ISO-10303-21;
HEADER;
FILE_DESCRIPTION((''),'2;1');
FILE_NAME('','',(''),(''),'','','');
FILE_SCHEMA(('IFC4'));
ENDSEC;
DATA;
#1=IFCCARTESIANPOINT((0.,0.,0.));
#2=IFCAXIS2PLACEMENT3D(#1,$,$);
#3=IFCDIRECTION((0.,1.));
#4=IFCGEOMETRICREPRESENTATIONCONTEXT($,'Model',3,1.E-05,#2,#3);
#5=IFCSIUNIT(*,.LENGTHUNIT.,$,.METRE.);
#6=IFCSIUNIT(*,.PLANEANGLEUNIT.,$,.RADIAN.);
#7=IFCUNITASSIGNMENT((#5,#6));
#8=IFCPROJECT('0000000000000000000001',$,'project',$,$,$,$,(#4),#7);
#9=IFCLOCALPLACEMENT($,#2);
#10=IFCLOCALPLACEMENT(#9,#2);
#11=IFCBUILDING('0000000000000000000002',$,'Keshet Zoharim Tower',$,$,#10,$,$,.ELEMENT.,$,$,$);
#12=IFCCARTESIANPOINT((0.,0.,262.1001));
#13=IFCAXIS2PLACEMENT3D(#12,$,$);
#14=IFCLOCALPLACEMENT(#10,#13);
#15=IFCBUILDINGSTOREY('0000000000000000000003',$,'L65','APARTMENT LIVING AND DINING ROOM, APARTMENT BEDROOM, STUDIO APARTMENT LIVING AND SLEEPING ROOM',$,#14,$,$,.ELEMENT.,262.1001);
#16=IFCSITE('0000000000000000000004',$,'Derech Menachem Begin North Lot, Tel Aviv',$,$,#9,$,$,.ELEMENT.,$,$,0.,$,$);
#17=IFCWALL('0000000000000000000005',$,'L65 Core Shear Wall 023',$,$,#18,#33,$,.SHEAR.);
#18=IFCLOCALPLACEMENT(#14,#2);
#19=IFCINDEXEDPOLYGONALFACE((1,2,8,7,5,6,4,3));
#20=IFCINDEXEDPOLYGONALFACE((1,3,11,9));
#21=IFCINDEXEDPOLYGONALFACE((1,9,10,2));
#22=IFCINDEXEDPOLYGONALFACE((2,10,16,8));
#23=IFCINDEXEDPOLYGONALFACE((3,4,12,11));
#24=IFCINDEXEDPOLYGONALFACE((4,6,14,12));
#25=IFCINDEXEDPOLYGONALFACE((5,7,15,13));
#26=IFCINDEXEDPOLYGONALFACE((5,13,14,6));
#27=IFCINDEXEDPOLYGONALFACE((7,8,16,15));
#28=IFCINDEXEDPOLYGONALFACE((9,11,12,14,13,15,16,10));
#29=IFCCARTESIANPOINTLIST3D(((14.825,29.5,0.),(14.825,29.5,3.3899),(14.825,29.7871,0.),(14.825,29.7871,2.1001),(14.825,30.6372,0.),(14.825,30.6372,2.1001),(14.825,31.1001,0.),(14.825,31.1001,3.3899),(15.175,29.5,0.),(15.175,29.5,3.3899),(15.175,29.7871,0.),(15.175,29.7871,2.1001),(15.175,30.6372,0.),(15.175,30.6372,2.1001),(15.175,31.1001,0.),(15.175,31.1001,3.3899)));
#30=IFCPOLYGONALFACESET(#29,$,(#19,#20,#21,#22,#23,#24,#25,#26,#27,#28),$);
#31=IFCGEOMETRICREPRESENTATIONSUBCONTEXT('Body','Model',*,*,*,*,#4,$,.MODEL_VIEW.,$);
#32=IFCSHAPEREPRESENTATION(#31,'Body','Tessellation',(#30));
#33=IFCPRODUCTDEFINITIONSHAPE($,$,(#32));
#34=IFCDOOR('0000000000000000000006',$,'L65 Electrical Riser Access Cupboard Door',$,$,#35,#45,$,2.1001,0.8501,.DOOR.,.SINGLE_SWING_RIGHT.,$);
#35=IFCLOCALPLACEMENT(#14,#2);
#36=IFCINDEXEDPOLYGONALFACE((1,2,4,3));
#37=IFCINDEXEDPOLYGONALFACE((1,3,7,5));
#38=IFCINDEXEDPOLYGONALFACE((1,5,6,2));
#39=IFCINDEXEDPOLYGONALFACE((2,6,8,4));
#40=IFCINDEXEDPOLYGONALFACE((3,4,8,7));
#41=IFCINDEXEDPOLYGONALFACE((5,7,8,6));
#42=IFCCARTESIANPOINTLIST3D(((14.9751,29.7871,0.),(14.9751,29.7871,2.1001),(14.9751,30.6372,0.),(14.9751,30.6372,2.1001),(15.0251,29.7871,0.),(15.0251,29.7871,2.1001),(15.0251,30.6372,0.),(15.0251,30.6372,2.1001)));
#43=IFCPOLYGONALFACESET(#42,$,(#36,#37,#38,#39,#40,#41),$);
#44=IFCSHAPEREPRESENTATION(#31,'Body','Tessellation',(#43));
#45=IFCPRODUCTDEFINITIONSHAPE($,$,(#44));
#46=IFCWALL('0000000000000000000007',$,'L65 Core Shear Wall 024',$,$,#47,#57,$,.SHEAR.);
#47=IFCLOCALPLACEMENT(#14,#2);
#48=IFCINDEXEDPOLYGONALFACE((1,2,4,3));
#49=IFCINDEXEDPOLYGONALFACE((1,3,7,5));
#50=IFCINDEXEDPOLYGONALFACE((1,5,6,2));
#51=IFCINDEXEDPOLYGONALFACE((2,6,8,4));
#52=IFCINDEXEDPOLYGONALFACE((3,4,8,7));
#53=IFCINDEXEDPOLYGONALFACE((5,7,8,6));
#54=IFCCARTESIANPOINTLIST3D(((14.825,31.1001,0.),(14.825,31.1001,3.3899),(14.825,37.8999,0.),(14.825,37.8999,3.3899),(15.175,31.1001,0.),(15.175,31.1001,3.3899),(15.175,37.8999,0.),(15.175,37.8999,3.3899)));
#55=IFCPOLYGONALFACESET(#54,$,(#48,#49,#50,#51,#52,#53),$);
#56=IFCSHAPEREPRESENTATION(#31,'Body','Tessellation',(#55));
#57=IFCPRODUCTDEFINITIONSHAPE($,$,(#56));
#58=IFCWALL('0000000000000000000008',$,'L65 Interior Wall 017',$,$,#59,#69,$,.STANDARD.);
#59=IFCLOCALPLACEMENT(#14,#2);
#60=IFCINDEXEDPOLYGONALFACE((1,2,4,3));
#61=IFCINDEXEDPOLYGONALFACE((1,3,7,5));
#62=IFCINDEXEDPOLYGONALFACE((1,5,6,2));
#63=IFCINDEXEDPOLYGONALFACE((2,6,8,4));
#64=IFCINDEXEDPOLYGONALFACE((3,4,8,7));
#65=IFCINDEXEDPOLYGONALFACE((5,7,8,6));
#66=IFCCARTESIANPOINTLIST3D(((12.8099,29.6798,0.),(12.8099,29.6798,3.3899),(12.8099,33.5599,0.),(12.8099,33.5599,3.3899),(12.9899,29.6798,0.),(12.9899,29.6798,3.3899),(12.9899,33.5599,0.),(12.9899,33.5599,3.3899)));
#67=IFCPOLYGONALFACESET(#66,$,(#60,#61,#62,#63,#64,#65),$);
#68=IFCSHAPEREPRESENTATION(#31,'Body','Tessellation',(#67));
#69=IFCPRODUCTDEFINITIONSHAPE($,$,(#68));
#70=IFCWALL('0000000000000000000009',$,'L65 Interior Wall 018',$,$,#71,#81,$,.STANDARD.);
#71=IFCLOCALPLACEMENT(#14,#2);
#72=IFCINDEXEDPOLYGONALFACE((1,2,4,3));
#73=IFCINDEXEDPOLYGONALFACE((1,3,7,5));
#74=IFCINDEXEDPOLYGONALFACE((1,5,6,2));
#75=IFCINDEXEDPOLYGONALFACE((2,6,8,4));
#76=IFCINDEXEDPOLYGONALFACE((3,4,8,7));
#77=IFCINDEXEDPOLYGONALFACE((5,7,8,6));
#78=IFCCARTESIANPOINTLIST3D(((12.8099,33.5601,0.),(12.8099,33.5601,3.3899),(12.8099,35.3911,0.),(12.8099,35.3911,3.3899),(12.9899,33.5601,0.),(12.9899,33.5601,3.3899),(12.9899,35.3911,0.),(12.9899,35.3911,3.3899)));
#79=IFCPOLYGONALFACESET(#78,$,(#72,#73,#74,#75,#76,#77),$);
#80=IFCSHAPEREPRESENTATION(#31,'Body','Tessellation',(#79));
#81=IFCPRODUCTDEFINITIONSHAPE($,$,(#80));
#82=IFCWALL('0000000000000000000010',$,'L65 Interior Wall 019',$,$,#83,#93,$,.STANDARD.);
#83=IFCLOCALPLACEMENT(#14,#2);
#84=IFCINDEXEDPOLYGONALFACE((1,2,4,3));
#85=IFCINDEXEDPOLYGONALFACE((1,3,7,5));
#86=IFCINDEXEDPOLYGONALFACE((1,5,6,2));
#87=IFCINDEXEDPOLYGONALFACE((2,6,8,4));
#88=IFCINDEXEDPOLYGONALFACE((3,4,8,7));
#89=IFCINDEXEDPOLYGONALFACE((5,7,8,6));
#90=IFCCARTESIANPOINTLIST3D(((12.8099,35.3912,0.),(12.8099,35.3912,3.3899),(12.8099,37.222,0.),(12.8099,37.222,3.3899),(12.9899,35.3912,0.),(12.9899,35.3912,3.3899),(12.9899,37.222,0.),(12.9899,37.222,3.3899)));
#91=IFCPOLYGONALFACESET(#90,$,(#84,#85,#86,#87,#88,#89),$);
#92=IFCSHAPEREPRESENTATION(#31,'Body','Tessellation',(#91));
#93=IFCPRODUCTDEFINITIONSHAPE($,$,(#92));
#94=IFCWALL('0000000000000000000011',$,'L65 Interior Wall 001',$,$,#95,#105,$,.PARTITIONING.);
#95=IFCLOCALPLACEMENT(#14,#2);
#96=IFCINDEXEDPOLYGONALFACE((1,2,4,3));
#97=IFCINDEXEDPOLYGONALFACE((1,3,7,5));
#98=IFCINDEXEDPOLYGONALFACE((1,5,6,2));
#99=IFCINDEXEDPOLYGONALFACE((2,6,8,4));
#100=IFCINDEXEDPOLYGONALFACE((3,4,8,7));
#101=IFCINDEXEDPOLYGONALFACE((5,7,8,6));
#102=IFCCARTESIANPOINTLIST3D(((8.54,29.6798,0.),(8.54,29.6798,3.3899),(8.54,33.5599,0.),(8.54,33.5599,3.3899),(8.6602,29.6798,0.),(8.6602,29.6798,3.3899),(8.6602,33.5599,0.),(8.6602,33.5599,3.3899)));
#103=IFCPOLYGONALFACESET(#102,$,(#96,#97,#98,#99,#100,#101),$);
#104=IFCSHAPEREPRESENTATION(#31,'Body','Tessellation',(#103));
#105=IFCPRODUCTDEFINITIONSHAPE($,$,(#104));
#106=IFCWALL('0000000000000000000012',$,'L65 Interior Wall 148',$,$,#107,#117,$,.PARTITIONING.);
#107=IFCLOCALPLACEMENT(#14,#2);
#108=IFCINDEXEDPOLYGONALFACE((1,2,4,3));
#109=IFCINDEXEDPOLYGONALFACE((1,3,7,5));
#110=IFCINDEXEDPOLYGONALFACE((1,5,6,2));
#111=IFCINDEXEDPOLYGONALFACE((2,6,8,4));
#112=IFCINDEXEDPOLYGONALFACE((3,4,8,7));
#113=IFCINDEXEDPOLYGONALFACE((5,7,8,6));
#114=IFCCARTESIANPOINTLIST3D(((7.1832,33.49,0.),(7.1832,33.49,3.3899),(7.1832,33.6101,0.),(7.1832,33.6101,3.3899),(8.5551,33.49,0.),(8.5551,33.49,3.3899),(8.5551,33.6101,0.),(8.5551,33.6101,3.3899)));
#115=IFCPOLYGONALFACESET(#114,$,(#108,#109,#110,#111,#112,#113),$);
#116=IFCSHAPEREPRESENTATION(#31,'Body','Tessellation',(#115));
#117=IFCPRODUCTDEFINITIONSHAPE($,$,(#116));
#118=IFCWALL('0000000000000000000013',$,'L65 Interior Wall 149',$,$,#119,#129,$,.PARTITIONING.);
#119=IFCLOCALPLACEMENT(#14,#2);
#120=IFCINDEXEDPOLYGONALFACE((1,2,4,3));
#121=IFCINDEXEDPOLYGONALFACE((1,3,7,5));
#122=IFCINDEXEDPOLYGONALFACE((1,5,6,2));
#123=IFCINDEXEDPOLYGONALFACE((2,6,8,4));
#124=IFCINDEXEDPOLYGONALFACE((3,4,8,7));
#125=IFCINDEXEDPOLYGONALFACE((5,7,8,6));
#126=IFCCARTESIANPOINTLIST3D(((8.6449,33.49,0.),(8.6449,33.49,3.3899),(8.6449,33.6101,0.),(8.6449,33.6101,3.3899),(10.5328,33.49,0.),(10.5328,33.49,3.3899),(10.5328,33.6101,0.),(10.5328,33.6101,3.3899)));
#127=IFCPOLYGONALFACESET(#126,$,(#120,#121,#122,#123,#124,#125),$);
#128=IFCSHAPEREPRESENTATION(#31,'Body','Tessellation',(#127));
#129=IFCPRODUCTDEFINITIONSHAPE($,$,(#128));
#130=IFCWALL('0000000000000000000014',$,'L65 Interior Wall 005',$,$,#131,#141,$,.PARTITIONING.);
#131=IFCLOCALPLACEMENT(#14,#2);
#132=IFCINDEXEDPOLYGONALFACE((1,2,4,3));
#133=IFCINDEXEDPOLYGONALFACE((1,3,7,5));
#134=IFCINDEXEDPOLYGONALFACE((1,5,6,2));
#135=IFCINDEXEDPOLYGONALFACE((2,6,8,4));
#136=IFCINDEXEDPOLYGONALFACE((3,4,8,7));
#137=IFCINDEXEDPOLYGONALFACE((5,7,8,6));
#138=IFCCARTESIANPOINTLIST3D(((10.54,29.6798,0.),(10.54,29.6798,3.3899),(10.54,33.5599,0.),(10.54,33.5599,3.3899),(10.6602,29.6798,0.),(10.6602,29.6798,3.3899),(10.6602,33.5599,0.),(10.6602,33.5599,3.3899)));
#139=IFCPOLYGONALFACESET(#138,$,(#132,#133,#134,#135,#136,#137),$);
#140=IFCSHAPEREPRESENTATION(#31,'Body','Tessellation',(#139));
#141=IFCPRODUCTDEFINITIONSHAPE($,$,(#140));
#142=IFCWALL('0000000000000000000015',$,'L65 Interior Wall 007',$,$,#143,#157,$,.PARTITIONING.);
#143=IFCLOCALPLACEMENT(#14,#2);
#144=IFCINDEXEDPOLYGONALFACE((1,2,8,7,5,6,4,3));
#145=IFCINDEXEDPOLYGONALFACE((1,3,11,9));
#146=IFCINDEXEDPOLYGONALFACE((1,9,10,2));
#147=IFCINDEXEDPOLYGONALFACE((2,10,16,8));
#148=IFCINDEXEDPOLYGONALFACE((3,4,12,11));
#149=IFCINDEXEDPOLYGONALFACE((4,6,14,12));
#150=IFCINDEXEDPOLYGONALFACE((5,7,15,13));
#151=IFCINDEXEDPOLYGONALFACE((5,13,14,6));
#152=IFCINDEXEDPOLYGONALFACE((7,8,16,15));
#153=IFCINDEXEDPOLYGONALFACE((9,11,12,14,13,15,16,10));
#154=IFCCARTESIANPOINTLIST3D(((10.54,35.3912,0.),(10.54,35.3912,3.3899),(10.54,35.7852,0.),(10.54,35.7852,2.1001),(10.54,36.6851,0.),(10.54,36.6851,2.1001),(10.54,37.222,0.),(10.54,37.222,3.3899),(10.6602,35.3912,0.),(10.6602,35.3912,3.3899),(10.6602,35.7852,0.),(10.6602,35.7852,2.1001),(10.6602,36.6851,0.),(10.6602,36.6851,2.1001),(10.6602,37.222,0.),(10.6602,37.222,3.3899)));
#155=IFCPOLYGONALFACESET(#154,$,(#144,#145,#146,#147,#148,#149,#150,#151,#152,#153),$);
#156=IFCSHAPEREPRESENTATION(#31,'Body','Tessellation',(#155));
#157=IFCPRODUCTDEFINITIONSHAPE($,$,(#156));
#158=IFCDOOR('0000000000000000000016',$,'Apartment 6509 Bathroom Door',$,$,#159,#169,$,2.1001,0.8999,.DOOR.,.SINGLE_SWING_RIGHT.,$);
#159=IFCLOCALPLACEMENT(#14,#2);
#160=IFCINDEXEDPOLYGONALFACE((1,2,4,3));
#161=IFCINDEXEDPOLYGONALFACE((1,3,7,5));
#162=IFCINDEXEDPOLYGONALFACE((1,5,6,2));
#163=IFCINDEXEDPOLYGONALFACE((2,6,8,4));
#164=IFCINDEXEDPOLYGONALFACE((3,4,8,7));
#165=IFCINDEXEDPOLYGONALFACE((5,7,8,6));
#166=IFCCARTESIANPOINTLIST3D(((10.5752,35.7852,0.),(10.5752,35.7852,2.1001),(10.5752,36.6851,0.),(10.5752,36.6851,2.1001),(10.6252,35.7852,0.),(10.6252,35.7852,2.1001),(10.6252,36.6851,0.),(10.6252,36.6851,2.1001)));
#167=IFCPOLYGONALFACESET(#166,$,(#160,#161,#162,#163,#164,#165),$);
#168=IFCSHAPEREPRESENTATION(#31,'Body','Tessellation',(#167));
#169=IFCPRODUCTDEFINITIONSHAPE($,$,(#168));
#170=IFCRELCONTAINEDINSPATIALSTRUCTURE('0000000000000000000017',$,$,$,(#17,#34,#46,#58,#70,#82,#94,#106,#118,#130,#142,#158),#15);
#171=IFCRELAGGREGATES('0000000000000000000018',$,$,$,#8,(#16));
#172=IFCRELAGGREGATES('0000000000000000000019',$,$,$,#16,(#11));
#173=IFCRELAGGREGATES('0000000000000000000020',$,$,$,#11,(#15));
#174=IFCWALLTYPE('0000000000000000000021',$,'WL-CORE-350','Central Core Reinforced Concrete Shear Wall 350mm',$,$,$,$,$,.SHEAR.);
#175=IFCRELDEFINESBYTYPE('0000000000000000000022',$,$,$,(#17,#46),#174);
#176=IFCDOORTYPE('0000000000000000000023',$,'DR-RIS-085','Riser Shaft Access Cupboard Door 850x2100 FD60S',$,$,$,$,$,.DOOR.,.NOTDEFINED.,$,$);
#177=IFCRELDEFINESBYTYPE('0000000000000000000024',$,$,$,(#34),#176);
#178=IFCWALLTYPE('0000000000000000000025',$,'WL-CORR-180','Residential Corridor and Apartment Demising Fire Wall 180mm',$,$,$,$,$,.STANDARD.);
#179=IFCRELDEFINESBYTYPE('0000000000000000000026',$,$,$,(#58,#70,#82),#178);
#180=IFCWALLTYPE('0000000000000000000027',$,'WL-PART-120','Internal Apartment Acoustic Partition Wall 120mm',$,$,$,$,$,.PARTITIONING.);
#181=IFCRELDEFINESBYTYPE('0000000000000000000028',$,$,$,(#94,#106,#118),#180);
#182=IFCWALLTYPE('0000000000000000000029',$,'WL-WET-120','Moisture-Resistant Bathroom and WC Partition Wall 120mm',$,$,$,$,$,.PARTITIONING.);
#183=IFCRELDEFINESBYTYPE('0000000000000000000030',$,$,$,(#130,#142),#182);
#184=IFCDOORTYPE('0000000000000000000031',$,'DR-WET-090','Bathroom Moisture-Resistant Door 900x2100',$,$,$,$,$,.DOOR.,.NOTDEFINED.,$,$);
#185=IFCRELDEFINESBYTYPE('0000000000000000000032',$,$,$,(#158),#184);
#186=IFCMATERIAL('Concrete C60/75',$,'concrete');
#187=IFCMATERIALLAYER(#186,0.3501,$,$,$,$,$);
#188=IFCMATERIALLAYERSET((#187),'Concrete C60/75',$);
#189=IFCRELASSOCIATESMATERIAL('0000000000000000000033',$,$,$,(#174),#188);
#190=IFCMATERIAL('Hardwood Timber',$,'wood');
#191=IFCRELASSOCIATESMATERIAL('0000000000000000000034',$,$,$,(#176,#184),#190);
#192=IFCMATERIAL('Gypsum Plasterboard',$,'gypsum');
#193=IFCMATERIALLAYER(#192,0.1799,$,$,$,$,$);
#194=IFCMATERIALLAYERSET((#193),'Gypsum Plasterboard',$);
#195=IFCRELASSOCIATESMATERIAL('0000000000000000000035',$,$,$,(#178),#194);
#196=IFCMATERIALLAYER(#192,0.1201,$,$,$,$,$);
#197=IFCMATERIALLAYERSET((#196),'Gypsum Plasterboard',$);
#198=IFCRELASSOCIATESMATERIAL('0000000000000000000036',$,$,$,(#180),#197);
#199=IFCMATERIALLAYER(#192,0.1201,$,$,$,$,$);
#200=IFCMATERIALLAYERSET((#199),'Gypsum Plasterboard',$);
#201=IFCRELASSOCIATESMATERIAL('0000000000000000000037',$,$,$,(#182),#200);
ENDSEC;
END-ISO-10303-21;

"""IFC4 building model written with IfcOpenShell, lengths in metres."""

from ifc_helpers import new_model, si_unit, direction, frame, frame_2d, origin, place, context, subcontext, project, spatial, rectangle, extrude, material, layer, layer_set, type_object, element, fill, save


model = new_model("IFC4")

# Units and contexts
model_context = context("Model", 3, precision=1e-05, world=origin(), true_north=direction((0.0, 1.0)))
body_context = subcontext(model_context, "Body", "Model", "MODEL_VIEW")
ifc_project = project(units=[si_unit("LENGTHUNIT", "METRE"), si_unit("PLANEANGLEUNIT", "RADIAN")], contexts=[model_context])

# Site, building, storey
site_placement = place(None, origin())
site = spatial("IfcSite", under=ifc_project, at=site_placement, Name="Derech Menachem Begin North Lot, Tel Aviv", CompositionType="ELEMENT", RefElevation=0.0)
building_placement = place(site_placement, origin())
building = spatial("IfcBuilding", under=site, at=building_placement, Name="Keshet Zoharim Tower", CompositionType="ELEMENT")
storey_placement = place(building_placement, frame((0.0, 0.0, 262.1001)))
storey = spatial("IfcBuildingStorey", under=building, at=storey_placement, Name="L65", Description="APARTMENT LIVING AND DINING ROOM, APARTMENT BEDROOM, STUDIO APARTMENT LIVING AND SLEEPING ROOM", CompositionType="ELEMENT", Elevation=262.1001)

# Wall, opening, door
ifc_material_1 = material(Name="Concrete C60/75", Category="concrete")
ifc_layer_1 = layer(ifc_material_1, 0.3501)
ifc_layer_set_1 = layer_set([ifc_layer_1], Name="Concrete C60/75")
wall_type_1 = type_object("IfcWallType", Name="WL-CORE-350", Description="Central Core Reinforced Concrete Shear Wall 350mm", PredefinedType="SHEAR", material=ifc_layer_set_1)
wall_1_placement = place(storey_placement, frame((15.0, 29.5, 0.0), z_axis=(0.0, 0.0, 1.0), x_axis=(0.0, 1.0, 0.0)))
wall_1 = element("IfcWall", 1, at=wall_1_placement, inside=storey, type_object=wall_type_1, Name="L65 Core Shear Wall 023", PredefinedType="SHEAR", context=body_context, shape_type="SweptSolid", body=[
    extrude(rectangle(XDim=1.6001, YDim=0.3501, at=frame_2d((0.8, 0.0))), origin(), (0.0, 0.0, 1.0), 3.3899),
])
opening_1_placement = place(wall_1_placement, frame((0.2871, 0.0, 0.0)))
opening_1 = element("IfcOpeningElement", 2, at=opening_1_placement, cuts=wall_1, PredefinedType="OPENING", context=body_context, shape_type="SweptSolid", body=[
    extrude(rectangle(XDim=0.8501, YDim=2.1001, at=frame_2d((0.425, 1.05))), frame((0.0, 0.1851, 0.0), z_axis=(0.0, -1.0, 0.0), x_axis=(1.0, 0.0, 0.0)), (0.0, 0.0, 1.0), 0.3701),
])
ifc_material_2 = material(Name="Hardwood Timber", Category="wood")
door_type_1 = type_object("IfcDoorType", Name="DR-RIS-085", Description="Riser Shaft Access Cupboard Door 850x2100 FD60S", OperationType="NOTDEFINED", PredefinedType="DOOR", material=ifc_material_2)
door_1_placement = place(opening_1_placement, origin())
door_1 = element("IfcDoor", 3, at=door_1_placement, inside=storey, type_object=door_type_1, Name="L65 Electrical Riser Access Cupboard Door", OperationType="SINGLE_SWING_RIGHT", OverallHeight=2.1001, OverallWidth=0.8501, PredefinedType="DOOR", context=body_context, shape_type="SweptSolid", body=[
    extrude(rectangle(XDim=0.8501, YDim=2.1001, at=frame_2d((0.425, 1.05))), frame((0.0, 0.0249, 0.0), z_axis=(0.0, -1.0, 0.0), x_axis=(1.0, 0.0, 0.0)), (0.0, 0.0, 1.0), 0.05),
])
fill(opening_1, door_1)

# Walls
wall_2_placement = place(storey_placement, frame((15.0, 31.1001, 0.0), z_axis=(0.0, 0.0, 1.0), x_axis=(0.0, 1.0, 0.0)))
element("IfcWall", 4, at=wall_2_placement, inside=storey, type_object=wall_type_1, Name="L65 Core Shear Wall 024", PredefinedType="SHEAR", context=body_context, shape_type="SweptSolid", body=[
    extrude(rectangle(XDim=6.7998, YDim=0.3501, at=frame_2d((3.3999, 0.0))), origin(), (0.0, 0.0, 1.0), 3.3899),
])
ifc_material_3 = material(Name="Gypsum Plasterboard", Category="gypsum")
ifc_layer_2 = layer(ifc_material_3, 0.1799)
ifc_layer_set_2 = layer_set([ifc_layer_2], Name="Gypsum Plasterboard")
wall_type_2 = type_object("IfcWallType", Name="WL-CORR-180", Description="Residential Corridor and Apartment Demising Fire Wall 180mm", PredefinedType="STANDARD", material=ifc_layer_set_2)
wall_3_placement = place(storey_placement, frame((12.8999, 29.6799, 0.0), z_axis=(0.0, 0.0, 1.0), x_axis=(0.0, 1.0, 0.0)))
element("IfcWall", 5, at=wall_3_placement, inside=storey, type_object=wall_type_2, Name="L65 Interior Wall 017", PredefinedType="STANDARD", context=body_context, shape_type="SweptSolid", body=[
    extrude(rectangle(XDim=3.8801, YDim=0.1799, at=frame_2d((1.9399, 0.0))), origin(), (0.0, 0.0, 1.0), 3.3899),
])
wall_4_placement = place(storey_placement, frame((12.8999, 33.5601, 0.0), z_axis=(0.0, 0.0, 1.0), x_axis=(0.0, 1.0, 0.0)))
element("IfcWall", 6, at=wall_4_placement, inside=storey, type_object=wall_type_2, Name="L65 Interior Wall 018", PredefinedType="STANDARD", context=body_context, shape_type="SweptSolid", body=[
    extrude(rectangle(XDim=1.8311, YDim=0.1799, at=frame_2d((0.9155, 0.0))), origin(), (0.0, 0.0, 1.0), 3.3899),
])
wall_5_placement = place(storey_placement, frame((12.8999, 35.3911, 0.0), z_axis=(0.0, 0.0, 1.0), x_axis=(0.0, 1.0, 0.0)))
element("IfcWall", 7, at=wall_5_placement, inside=storey, type_object=wall_type_2, Name="L65 Interior Wall 019", PredefinedType="STANDARD", context=body_context, shape_type="SweptSolid", body=[
    extrude(rectangle(XDim=1.8308, YDim=0.1799, at=frame_2d((0.9155, 0.0))), origin(), (0.0, 0.0, 1.0), 3.3899),
])

# Wall
ifc_layer_3 = layer(ifc_material_3, 0.1201)
ifc_layer_set_3 = layer_set([ifc_layer_3], Name="Gypsum Plasterboard")
wall_type_3 = type_object("IfcWallType", Name="WL-PART-120", Description="Internal Apartment Acoustic Partition Wall 120mm", PredefinedType="PARTITIONING", material=ifc_layer_set_3)
wall_6_placement = place(storey_placement, frame((8.6001, 29.6799, 0.0), z_axis=(0.0, 0.0, 1.0), x_axis=(0.0, 1.0, 0.0)))
element("IfcWall", 8, at=wall_6_placement, inside=storey, type_object=wall_type_3, Name="L65 Interior Wall 001", PredefinedType="PARTITIONING", context=body_context, shape_type="SweptSolid", body=[
    extrude(rectangle(XDim=3.8801, YDim=0.1201, at=frame_2d((1.9399, 0.0))), origin(), (0.0, 0.0, 1.0), 3.3899),
])

# Walls
wall_7_placement = place(storey_placement, frame((7.1831, 33.55, 0.0), z_axis=(0.0, 0.0, 1.0), x_axis=(1.0, 0.0, 0.0)))
element("IfcWall", 9, at=wall_7_placement, inside=storey, type_object=wall_type_3, Name="L65 Interior Wall 148", PredefinedType="PARTITIONING", context=body_context, shape_type="SweptSolid", body=[
    extrude(rectangle(XDim=1.3718, YDim=0.1201, at=frame_2d((0.686, 0.0))), origin(), (0.0, 0.0, 1.0), 3.3899),
])
wall_8_placement = place(storey_placement, frame((8.645, 33.55, 0.0), z_axis=(0.0, 0.0, 1.0), x_axis=(1.0, 0.0, 0.0)))
element("IfcWall", 10, at=wall_8_placement, inside=storey, type_object=wall_type_3, Name="L65 Interior Wall 149", PredefinedType="PARTITIONING", context=body_context, shape_type="SweptSolid", body=[
    extrude(rectangle(XDim=1.8879, YDim=0.1201, at=frame_2d((0.9438, 0.0))), origin(), (0.0, 0.0, 1.0), 3.3899),
])
ifc_layer_4 = layer(ifc_material_3, 0.1201)
ifc_layer_set_4 = layer_set([ifc_layer_4], Name="Gypsum Plasterboard")
wall_type_4 = type_object("IfcWallType", Name="WL-WET-120", Description="Moisture-Resistant Bathroom and WC Partition Wall 120mm", PredefinedType="PARTITIONING", material=ifc_layer_set_4)
wall_9_placement = place(storey_placement, frame((10.6001, 29.6799, 0.0), z_axis=(0.0, 0.0, 1.0), x_axis=(0.0, 1.0, 0.0)))
element("IfcWall", 11, at=wall_9_placement, inside=storey, type_object=wall_type_4, Name="L65 Interior Wall 005", PredefinedType="PARTITIONING", context=body_context, shape_type="SweptSolid", body=[
    extrude(rectangle(XDim=3.8801, YDim=0.1201, at=frame_2d((1.9399, 0.0))), origin(), (0.0, 0.0, 1.0), 3.3899),
])

# Wall, opening, door
wall_10_placement = place(storey_placement, frame((10.6001, 35.3911, 0.0), z_axis=(0.0, 0.0, 1.0), x_axis=(0.0, 1.0, 0.0)))
wall_10 = element("IfcWall", 12, at=wall_10_placement, inside=storey, type_object=wall_type_4, Name="L65 Interior Wall 007", PredefinedType="PARTITIONING", context=body_context, shape_type="SweptSolid", body=[
    extrude(rectangle(XDim=1.8308, YDim=0.1201, at=frame_2d((0.9155, 0.0))), origin(), (0.0, 0.0, 1.0), 3.3899),
])
opening_2_placement = place(wall_10_placement, frame((0.394, 0.0, 0.0)))
opening_2 = element("IfcOpeningElement", 13, at=opening_2_placement, cuts=wall_10, PredefinedType="OPENING", context=body_context, shape_type="SweptSolid", body=[
    extrude(rectangle(XDim=0.8999, YDim=2.1001, at=frame_2d((0.45, 1.05))), frame((0.0, 0.0701, 0.0), z_axis=(0.0, -1.0, 0.0), x_axis=(1.0, 0.0, 0.0)), (0.0, 0.0, 1.0), 0.1401),
])
door_type_2 = type_object("IfcDoorType", Name="DR-WET-090", Description="Bathroom Moisture-Resistant Door 900x2100", OperationType="NOTDEFINED", PredefinedType="DOOR", material=ifc_material_2)
door_2_placement = place(opening_2_placement, origin())
door_2 = element("IfcDoor", 14, at=door_2_placement, inside=storey, type_object=door_type_2, Name="Apartment 6509 Bathroom Door", OperationType="SINGLE_SWING_RIGHT", OverallHeight=2.1001, OverallWidth=0.8999, PredefinedType="DOOR", context=body_context, shape_type="SweptSolid", body=[
    extrude(rectangle(XDim=0.8999, YDim=2.1001, at=frame_2d((0.45, 1.05))), frame((0.0, 0.0249, 0.0), z_axis=(0.0, -1.0, 0.0), x_axis=(1.0, 0.0, 0.0)), (0.0, 0.0, 1.0), 0.05),
])
fill(opening_2, door_2)

save(model, "model.ifc")
